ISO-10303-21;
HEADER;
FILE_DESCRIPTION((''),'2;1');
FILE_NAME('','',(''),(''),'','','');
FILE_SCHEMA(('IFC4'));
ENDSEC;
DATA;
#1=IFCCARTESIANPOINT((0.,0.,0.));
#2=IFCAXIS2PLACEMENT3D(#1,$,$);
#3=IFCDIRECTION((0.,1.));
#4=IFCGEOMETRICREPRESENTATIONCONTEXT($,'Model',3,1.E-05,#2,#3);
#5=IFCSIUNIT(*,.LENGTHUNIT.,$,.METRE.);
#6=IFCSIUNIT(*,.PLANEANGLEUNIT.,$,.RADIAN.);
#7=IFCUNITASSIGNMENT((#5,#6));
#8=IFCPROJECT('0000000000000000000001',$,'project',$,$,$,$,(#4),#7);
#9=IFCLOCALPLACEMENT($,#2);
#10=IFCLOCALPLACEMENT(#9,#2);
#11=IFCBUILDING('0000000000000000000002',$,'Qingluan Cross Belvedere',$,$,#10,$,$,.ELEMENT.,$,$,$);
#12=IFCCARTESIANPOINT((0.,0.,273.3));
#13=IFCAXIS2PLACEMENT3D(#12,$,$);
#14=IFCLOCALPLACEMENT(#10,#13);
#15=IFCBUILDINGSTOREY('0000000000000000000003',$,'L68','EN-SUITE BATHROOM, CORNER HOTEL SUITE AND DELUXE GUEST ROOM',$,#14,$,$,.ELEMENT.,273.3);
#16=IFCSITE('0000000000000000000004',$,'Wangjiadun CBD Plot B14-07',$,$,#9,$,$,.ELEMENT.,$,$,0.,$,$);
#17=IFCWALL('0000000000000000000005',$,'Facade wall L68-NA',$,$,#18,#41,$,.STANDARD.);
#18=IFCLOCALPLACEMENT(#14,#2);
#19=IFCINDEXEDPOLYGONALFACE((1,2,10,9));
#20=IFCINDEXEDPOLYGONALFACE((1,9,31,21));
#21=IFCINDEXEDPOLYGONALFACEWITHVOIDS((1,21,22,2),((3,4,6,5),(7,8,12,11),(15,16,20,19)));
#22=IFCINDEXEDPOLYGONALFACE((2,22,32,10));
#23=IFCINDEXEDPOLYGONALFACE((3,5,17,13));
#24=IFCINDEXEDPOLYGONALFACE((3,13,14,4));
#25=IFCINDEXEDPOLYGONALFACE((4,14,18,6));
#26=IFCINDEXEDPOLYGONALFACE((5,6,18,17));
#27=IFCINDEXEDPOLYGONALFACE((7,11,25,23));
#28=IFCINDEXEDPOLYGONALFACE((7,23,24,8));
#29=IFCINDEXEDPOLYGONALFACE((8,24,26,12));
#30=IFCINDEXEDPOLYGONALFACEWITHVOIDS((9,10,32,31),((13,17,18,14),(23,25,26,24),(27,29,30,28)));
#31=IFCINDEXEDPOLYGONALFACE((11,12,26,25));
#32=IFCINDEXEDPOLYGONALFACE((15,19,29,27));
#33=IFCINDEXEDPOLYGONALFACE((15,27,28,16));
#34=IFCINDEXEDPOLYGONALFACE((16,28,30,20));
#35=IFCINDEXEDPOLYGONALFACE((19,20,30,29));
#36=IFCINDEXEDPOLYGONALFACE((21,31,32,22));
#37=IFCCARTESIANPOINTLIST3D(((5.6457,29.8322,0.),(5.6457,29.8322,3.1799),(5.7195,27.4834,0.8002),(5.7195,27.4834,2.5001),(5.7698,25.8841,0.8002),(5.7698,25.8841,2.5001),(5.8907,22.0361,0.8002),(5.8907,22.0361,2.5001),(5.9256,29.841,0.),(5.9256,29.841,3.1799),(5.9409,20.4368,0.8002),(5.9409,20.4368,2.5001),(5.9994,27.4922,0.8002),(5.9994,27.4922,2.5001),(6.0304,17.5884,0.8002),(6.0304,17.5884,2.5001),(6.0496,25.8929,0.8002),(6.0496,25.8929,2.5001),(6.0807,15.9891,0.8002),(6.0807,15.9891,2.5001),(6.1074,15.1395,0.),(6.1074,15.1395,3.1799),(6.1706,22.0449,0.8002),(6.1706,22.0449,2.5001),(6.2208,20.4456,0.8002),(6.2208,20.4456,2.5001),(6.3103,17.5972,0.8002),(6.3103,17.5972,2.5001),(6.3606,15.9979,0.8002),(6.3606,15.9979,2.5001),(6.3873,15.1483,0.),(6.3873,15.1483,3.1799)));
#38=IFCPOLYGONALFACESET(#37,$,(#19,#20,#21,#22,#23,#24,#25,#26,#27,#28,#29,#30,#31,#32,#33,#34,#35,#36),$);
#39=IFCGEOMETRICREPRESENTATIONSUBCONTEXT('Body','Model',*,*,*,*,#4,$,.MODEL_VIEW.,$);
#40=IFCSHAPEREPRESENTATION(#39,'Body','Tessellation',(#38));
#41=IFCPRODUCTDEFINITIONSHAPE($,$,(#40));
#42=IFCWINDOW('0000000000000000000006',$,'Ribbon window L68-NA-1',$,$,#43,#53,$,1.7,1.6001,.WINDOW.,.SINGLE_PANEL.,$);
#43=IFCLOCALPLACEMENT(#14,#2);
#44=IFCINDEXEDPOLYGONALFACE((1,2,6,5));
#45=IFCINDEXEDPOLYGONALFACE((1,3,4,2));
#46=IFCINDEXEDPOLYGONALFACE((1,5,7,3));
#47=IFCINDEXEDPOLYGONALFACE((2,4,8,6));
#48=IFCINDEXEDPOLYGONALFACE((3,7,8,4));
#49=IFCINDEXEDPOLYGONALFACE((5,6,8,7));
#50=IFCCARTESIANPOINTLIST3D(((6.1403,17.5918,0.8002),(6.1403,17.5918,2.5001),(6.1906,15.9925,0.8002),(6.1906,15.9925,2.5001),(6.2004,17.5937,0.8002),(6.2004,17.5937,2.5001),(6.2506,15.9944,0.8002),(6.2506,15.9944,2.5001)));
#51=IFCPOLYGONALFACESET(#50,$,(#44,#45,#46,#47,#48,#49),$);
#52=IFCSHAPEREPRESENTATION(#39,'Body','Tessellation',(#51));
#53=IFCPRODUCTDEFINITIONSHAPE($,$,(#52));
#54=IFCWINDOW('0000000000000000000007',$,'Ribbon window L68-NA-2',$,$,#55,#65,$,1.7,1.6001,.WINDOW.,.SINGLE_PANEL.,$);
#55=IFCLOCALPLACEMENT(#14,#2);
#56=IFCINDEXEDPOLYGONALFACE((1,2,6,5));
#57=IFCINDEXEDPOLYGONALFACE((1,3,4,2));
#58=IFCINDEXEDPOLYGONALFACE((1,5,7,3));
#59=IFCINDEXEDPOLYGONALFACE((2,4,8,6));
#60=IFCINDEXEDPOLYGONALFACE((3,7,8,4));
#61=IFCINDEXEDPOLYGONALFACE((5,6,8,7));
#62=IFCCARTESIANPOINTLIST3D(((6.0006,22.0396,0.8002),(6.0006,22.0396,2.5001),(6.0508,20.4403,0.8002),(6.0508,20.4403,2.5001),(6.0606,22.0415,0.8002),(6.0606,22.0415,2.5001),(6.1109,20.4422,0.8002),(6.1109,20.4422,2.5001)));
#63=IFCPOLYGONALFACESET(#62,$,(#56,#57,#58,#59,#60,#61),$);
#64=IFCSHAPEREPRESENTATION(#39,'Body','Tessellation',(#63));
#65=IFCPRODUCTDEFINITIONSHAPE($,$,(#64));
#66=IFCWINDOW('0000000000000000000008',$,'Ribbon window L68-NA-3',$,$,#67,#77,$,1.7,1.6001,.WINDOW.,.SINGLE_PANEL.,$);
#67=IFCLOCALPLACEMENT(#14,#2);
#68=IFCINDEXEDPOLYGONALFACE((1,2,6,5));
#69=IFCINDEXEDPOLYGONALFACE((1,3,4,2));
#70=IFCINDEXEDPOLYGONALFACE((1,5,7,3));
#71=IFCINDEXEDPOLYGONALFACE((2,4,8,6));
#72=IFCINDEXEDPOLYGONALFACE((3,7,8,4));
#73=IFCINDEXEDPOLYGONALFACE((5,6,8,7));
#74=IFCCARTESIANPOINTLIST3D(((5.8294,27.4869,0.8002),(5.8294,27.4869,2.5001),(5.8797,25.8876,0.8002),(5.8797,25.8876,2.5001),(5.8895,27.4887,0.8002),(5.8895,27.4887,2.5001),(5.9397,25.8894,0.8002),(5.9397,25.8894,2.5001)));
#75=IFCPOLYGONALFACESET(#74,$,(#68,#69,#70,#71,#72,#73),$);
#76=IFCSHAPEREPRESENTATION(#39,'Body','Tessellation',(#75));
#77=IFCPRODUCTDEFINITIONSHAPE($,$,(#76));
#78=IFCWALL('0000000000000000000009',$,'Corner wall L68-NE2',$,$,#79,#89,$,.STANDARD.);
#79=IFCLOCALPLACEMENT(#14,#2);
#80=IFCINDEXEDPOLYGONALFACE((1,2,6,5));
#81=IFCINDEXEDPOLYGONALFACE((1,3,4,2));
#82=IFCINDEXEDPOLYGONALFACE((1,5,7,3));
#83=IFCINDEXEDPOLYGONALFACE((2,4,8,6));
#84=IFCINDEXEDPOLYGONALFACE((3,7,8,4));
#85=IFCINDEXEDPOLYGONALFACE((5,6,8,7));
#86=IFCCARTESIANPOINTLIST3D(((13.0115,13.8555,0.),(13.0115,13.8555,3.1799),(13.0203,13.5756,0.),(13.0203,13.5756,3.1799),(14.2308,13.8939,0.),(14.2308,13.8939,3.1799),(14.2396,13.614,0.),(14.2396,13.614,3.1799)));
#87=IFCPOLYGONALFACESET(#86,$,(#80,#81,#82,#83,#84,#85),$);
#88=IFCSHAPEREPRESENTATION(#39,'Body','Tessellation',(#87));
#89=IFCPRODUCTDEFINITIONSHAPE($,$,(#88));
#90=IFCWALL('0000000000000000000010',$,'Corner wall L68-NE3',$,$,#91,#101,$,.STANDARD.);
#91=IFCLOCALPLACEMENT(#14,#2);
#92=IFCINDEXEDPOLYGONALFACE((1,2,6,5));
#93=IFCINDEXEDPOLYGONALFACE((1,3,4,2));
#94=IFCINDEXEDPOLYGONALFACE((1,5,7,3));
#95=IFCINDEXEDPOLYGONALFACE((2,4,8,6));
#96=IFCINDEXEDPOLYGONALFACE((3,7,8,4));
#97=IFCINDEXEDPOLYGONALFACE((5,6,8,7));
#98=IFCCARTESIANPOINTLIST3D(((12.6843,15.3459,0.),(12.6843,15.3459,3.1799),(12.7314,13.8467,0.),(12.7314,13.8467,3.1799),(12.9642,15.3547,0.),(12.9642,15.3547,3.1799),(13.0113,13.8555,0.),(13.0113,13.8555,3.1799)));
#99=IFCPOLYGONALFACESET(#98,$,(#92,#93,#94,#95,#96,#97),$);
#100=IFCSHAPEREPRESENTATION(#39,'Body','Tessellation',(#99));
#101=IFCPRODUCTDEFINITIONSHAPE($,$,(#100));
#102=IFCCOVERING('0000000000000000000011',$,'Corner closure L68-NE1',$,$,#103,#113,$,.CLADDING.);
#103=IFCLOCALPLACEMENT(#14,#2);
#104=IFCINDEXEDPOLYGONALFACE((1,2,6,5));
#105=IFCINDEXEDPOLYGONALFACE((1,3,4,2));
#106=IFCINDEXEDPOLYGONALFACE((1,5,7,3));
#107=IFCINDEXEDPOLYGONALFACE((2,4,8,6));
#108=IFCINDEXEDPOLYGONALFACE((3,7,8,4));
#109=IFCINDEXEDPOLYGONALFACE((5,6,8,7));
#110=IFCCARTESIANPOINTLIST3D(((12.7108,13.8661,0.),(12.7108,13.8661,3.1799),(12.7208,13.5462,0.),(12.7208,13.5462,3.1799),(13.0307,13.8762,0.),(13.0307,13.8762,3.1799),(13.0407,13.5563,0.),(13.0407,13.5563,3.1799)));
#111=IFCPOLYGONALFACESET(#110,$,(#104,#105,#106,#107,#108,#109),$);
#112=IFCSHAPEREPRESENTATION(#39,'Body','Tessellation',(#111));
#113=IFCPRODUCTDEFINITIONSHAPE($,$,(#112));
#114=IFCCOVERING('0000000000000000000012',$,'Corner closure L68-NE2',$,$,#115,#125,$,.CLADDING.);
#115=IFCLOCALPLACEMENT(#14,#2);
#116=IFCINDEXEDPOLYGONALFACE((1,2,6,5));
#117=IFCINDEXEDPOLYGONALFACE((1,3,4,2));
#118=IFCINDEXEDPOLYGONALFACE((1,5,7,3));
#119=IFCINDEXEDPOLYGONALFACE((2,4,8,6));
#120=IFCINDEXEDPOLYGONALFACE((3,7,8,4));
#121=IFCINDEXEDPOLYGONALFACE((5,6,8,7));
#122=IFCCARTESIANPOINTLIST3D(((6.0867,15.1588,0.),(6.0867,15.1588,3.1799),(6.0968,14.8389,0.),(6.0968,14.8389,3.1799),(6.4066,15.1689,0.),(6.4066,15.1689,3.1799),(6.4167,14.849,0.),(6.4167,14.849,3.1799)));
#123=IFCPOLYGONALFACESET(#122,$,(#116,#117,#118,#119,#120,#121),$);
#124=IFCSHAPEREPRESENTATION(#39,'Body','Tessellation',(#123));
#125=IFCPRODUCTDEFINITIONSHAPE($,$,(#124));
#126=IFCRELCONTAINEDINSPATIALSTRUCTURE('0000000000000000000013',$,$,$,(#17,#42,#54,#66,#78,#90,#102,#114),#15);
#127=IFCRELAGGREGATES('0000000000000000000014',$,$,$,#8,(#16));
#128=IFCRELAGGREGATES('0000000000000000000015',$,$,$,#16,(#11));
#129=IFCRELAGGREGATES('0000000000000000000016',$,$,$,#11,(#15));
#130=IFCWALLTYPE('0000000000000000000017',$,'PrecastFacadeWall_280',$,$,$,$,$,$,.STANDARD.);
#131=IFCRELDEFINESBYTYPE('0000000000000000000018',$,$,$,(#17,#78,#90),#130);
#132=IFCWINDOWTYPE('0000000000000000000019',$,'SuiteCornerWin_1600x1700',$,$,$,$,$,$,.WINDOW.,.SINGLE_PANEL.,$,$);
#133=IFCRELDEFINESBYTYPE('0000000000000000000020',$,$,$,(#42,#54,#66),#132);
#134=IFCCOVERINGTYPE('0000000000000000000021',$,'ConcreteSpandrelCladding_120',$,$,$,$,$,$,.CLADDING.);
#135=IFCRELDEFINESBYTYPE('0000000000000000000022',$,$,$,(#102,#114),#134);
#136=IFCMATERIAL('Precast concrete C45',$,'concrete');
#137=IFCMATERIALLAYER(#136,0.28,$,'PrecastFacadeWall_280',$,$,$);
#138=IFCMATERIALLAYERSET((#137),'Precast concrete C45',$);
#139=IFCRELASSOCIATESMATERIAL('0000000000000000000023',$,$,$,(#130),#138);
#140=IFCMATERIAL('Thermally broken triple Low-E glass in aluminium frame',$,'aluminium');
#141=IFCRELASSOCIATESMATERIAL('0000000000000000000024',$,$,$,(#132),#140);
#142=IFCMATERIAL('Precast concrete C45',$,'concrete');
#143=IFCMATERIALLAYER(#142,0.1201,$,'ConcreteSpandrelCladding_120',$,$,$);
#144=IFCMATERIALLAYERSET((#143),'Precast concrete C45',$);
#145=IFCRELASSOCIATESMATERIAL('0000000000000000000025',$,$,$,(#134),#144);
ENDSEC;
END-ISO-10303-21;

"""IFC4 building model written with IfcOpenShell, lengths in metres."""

from ifc_helpers import new_model, si_unit, direction, frame, frame_2d, origin, origin_2d, place, context, subcontext, project, spatial, rectangle, extrude, material, layer, layer_set, type_object, element, fill, save


model = new_model("IFC4")

# Units and contexts
model_context = context("Model", 3, precision=1e-05, world=origin(), true_north=direction((0.0, 1.0)))
body_context = subcontext(model_context, "Body", "Model", "MODEL_VIEW")
ifc_project = project(units=[si_unit("LENGTHUNIT", "METRE"), si_unit("PLANEANGLEUNIT", "RADIAN")], contexts=[model_context])

# Site, building, storey
site_placement = place(None, origin())
site = spatial("IfcSite", under=ifc_project, at=site_placement, Name="Wangjiadun CBD Plot B14-07", CompositionType="ELEMENT", RefElevation=0.0)
building_placement = place(site_placement, origin())
building = spatial("IfcBuilding", under=site, at=building_placement, Name="Qingluan Cross Belvedere", CompositionType="ELEMENT")
storey_placement = place(building_placement, frame((0.0, 0.0, 273.3)))
storey = spatial("IfcBuildingStorey", under=building, at=storey_placement, Name="L68", Description="EN-SUITE BATHROOM, CORNER HOTEL SUITE AND DELUXE GUEST ROOM", CompositionType="ELEMENT", Elevation=273.3)

# Wall, openings, windows
ifc_material_1 = material(Name="Precast concrete C45", Category="concrete")
ifc_layer_1 = layer(ifc_material_1, 0.28, Name="PrecastFacadeWall_280")
ifc_layer_set_1 = layer_set([ifc_layer_1], Name="Precast concrete C45")
wall_type_1 = type_object("IfcWallType", Name="PrecastFacadeWall_280", PredefinedType="STANDARD", material=ifc_layer_set_1)
wall_1_placement = place(storey_placement, frame((6.2473, 15.1438, 0.0), z_axis=(0.0, 0.0, 1.0), x_axis=(-0.031406, 0.999507, 0.0)))
wall_1 = element("IfcWall", 1, at=wall_1_placement, inside=storey, type_object=wall_type_1, Name="Facade wall L68-NA", PredefinedType="STANDARD", context=body_context, shape_type="SweptSolid", body=[
    extrude(rectangle(XDim=14.7, YDim=0.28, at=frame_2d((7.3501, 0.0))), origin(), (0.0, 0.0, 1.0), 3.1799),
])
opening_1_placement = place(wall_1_placement, frame((0.8501, 0.0, 0.8)))
opening_1 = element("IfcOpeningElement", 2, at=opening_1_placement, cuts=wall_1, PredefinedType="OPENING", context=body_context, shape_type="SweptSolid", body=[
    extrude(rectangle(XDim=1.6001, YDim=1.7, at=frame_2d((0.8, 0.8501))), frame((0.0, 0.1499, 0.0), z_axis=(0.0, -1.0, 0.0), x_axis=(1.0, 0.0, 0.0)), (0.0, 0.0, 1.0), 0.3),
])
opening_2_placement = place(wall_1_placement, frame((5.3, 0.0, 0.8)))
opening_2 = element("IfcOpeningElement", 3, at=opening_2_placement, cuts=wall_1, PredefinedType="OPENING", context=body_context, shape_type="SweptSolid", body=[
    extrude(rectangle(XDim=1.6001, YDim=1.7, at=frame_2d((0.8, 0.8501))), frame((0.0, 0.1499, 0.0), z_axis=(0.0, -1.0, 0.0), x_axis=(1.0, 0.0, 0.0)), (0.0, 0.0, 1.0), 0.3),
])
opening_3_placement = place(wall_1_placement, frame((10.75, 0.0, 0.8)))
opening_3 = element("IfcOpeningElement", 4, at=opening_3_placement, cuts=wall_1, PredefinedType="OPENING", context=body_context, shape_type="SweptSolid", body=[
    extrude(rectangle(XDim=1.6001, YDim=1.7, at=frame_2d((0.8, 0.8501))), frame((0.0, 0.1499, 0.0), z_axis=(0.0, -1.0, 0.0), x_axis=(1.0, 0.0, 0.0)), (0.0, 0.0, 1.0), 0.3),
])
ifc_material_2 = material(Name="Thermally broken triple Low-E glass in aluminium frame", Category="aluminium")
window_type = type_object("IfcWindowType", Name="SuiteCornerWin_1600x1700", PartitioningType="SINGLE_PANEL", PredefinedType="WINDOW", material=ifc_material_2)
window_1_placement = place(opening_1_placement, origin())
window_1 = element("IfcWindow", 5, at=window_1_placement, inside=storey, type_object=window_type, Name="Ribbon window L68-NA-1", OverallHeight=1.7, OverallWidth=1.6001, PartitioningType="SINGLE_PANEL", PredefinedType="WINDOW", context=body_context, shape_type="SweptSolid", body=[
    extrude(rectangle(XDim=1.6001, YDim=1.7, at=frame_2d((0.8, 0.8501))), frame((0.0, 0.03, 0.0), z_axis=(0.0, -1.0, 0.0), x_axis=(1.0, 0.0, 0.0)), (0.0, 0.0, 1.0), 0.0601),
])
fill(opening_1, window_1)
window_2_placement = place(opening_2_placement, origin())
window_2 = element("IfcWindow", 6, at=window_2_placement, inside=storey, type_object=window_type, Name="Ribbon window L68-NA-2", OverallHeight=1.7, OverallWidth=1.6001, PartitioningType="SINGLE_PANEL", PredefinedType="WINDOW", context=body_context, shape_type="SweptSolid", body=[
    extrude(rectangle(XDim=1.6001, YDim=1.7, at=frame_2d((0.8, 0.8501))), frame((0.0, 0.03, 0.0), z_axis=(0.0, -1.0, 0.0), x_axis=(1.0, 0.0, 0.0)), (0.0, 0.0, 1.0), 0.0601),
])
fill(opening_2, window_2)
window_3_placement = place(opening_3_placement, origin())
window_3 = element("IfcWindow", 7, at=window_3_placement, inside=storey, type_object=window_type, Name="Ribbon window L68-NA-3", OverallHeight=1.7, OverallWidth=1.6001, PartitioningType="SINGLE_PANEL", PredefinedType="WINDOW", context=body_context, shape_type="SweptSolid", body=[
    extrude(rectangle(XDim=1.6001, YDim=1.7, at=frame_2d((0.8, 0.8501))), frame((0.0, 0.03, 0.0), z_axis=(0.0, -1.0, 0.0), x_axis=(1.0, 0.0, 0.0)), (0.0, 0.0, 1.0), 0.0601),
])
fill(opening_3, window_3)

# Walls
wall_2_placement = place(storey_placement, frame((14.2351, 13.7539, 0.0), z_axis=(0.0, 0.0, 1.0), x_axis=(-0.999506, -0.031416, 0.0)))
element("IfcWall", 8, at=wall_2_placement, inside=storey, type_object=wall_type_1, Name="Corner wall L68-NE2", PredefinedType="STANDARD", context=body_context, shape_type="SweptSolid", body=[
    extrude(rectangle(XDim=1.22, YDim=0.28, at=frame_2d((0.6099, 0.0))), origin(), (0.0, 0.0, 1.0), 3.1799),
])
wall_3_placement = place(storey_placement, frame((12.8713, 13.8511, 0.0), z_axis=(0.0, 0.0, 1.0), x_axis=(-0.031413, 0.999507, 0.0)))
element("IfcWall", 9, at=wall_3_placement, inside=storey, type_object=wall_type_1, Name="Corner wall L68-NE3", PredefinedType="STANDARD", context=body_context, shape_type="SweptSolid", body=[
    extrude(rectangle(XDim=1.5, YDim=0.28, at=frame_2d((0.75, 0.0))), origin(), (0.0, 0.0, 1.0), 3.1799),
])

# Coverings
ifc_material_3 = material(Name="Precast concrete C45", Category="concrete")
ifc_layer_2 = layer(ifc_material_3, 0.1201, Name="ConcreteSpandrelCladding_120")
ifc_layer_set_2 = layer_set([ifc_layer_2], Name="Precast concrete C45")
covering_type = type_object("IfcCoveringType", Name="ConcreteSpandrelCladding_120", PredefinedType="CLADDING", material=ifc_layer_set_2)
for number, where, z_axis, x_axis, name in (
    (10, (12.8757, 13.7112, 0.0), (0.0, 0.0, 1.0), (0.999507, 0.031411, 0.0), "Corner closure L68-NE1"),
    (11, (6.2517, 15.0039, 0.0), (0.0, 0.0, 1.0), (0.999507, 0.031411, 0.0), "Corner closure L68-NE2"),
):
    element("IfcCovering", number, at=place(storey_placement, frame(where, z_axis=z_axis, x_axis=x_axis)), inside=storey, type_object=covering_type, Name=name, PredefinedType="CLADDING", context=body_context, shape_type="SweptSolid", body=[
        extrude(rectangle(XDim=0.3201, YDim=0.3201, at=origin_2d()), origin(), (0.0, 0.0, 1.0), 3.1799),
    ])

save(model, "model.ifc")
